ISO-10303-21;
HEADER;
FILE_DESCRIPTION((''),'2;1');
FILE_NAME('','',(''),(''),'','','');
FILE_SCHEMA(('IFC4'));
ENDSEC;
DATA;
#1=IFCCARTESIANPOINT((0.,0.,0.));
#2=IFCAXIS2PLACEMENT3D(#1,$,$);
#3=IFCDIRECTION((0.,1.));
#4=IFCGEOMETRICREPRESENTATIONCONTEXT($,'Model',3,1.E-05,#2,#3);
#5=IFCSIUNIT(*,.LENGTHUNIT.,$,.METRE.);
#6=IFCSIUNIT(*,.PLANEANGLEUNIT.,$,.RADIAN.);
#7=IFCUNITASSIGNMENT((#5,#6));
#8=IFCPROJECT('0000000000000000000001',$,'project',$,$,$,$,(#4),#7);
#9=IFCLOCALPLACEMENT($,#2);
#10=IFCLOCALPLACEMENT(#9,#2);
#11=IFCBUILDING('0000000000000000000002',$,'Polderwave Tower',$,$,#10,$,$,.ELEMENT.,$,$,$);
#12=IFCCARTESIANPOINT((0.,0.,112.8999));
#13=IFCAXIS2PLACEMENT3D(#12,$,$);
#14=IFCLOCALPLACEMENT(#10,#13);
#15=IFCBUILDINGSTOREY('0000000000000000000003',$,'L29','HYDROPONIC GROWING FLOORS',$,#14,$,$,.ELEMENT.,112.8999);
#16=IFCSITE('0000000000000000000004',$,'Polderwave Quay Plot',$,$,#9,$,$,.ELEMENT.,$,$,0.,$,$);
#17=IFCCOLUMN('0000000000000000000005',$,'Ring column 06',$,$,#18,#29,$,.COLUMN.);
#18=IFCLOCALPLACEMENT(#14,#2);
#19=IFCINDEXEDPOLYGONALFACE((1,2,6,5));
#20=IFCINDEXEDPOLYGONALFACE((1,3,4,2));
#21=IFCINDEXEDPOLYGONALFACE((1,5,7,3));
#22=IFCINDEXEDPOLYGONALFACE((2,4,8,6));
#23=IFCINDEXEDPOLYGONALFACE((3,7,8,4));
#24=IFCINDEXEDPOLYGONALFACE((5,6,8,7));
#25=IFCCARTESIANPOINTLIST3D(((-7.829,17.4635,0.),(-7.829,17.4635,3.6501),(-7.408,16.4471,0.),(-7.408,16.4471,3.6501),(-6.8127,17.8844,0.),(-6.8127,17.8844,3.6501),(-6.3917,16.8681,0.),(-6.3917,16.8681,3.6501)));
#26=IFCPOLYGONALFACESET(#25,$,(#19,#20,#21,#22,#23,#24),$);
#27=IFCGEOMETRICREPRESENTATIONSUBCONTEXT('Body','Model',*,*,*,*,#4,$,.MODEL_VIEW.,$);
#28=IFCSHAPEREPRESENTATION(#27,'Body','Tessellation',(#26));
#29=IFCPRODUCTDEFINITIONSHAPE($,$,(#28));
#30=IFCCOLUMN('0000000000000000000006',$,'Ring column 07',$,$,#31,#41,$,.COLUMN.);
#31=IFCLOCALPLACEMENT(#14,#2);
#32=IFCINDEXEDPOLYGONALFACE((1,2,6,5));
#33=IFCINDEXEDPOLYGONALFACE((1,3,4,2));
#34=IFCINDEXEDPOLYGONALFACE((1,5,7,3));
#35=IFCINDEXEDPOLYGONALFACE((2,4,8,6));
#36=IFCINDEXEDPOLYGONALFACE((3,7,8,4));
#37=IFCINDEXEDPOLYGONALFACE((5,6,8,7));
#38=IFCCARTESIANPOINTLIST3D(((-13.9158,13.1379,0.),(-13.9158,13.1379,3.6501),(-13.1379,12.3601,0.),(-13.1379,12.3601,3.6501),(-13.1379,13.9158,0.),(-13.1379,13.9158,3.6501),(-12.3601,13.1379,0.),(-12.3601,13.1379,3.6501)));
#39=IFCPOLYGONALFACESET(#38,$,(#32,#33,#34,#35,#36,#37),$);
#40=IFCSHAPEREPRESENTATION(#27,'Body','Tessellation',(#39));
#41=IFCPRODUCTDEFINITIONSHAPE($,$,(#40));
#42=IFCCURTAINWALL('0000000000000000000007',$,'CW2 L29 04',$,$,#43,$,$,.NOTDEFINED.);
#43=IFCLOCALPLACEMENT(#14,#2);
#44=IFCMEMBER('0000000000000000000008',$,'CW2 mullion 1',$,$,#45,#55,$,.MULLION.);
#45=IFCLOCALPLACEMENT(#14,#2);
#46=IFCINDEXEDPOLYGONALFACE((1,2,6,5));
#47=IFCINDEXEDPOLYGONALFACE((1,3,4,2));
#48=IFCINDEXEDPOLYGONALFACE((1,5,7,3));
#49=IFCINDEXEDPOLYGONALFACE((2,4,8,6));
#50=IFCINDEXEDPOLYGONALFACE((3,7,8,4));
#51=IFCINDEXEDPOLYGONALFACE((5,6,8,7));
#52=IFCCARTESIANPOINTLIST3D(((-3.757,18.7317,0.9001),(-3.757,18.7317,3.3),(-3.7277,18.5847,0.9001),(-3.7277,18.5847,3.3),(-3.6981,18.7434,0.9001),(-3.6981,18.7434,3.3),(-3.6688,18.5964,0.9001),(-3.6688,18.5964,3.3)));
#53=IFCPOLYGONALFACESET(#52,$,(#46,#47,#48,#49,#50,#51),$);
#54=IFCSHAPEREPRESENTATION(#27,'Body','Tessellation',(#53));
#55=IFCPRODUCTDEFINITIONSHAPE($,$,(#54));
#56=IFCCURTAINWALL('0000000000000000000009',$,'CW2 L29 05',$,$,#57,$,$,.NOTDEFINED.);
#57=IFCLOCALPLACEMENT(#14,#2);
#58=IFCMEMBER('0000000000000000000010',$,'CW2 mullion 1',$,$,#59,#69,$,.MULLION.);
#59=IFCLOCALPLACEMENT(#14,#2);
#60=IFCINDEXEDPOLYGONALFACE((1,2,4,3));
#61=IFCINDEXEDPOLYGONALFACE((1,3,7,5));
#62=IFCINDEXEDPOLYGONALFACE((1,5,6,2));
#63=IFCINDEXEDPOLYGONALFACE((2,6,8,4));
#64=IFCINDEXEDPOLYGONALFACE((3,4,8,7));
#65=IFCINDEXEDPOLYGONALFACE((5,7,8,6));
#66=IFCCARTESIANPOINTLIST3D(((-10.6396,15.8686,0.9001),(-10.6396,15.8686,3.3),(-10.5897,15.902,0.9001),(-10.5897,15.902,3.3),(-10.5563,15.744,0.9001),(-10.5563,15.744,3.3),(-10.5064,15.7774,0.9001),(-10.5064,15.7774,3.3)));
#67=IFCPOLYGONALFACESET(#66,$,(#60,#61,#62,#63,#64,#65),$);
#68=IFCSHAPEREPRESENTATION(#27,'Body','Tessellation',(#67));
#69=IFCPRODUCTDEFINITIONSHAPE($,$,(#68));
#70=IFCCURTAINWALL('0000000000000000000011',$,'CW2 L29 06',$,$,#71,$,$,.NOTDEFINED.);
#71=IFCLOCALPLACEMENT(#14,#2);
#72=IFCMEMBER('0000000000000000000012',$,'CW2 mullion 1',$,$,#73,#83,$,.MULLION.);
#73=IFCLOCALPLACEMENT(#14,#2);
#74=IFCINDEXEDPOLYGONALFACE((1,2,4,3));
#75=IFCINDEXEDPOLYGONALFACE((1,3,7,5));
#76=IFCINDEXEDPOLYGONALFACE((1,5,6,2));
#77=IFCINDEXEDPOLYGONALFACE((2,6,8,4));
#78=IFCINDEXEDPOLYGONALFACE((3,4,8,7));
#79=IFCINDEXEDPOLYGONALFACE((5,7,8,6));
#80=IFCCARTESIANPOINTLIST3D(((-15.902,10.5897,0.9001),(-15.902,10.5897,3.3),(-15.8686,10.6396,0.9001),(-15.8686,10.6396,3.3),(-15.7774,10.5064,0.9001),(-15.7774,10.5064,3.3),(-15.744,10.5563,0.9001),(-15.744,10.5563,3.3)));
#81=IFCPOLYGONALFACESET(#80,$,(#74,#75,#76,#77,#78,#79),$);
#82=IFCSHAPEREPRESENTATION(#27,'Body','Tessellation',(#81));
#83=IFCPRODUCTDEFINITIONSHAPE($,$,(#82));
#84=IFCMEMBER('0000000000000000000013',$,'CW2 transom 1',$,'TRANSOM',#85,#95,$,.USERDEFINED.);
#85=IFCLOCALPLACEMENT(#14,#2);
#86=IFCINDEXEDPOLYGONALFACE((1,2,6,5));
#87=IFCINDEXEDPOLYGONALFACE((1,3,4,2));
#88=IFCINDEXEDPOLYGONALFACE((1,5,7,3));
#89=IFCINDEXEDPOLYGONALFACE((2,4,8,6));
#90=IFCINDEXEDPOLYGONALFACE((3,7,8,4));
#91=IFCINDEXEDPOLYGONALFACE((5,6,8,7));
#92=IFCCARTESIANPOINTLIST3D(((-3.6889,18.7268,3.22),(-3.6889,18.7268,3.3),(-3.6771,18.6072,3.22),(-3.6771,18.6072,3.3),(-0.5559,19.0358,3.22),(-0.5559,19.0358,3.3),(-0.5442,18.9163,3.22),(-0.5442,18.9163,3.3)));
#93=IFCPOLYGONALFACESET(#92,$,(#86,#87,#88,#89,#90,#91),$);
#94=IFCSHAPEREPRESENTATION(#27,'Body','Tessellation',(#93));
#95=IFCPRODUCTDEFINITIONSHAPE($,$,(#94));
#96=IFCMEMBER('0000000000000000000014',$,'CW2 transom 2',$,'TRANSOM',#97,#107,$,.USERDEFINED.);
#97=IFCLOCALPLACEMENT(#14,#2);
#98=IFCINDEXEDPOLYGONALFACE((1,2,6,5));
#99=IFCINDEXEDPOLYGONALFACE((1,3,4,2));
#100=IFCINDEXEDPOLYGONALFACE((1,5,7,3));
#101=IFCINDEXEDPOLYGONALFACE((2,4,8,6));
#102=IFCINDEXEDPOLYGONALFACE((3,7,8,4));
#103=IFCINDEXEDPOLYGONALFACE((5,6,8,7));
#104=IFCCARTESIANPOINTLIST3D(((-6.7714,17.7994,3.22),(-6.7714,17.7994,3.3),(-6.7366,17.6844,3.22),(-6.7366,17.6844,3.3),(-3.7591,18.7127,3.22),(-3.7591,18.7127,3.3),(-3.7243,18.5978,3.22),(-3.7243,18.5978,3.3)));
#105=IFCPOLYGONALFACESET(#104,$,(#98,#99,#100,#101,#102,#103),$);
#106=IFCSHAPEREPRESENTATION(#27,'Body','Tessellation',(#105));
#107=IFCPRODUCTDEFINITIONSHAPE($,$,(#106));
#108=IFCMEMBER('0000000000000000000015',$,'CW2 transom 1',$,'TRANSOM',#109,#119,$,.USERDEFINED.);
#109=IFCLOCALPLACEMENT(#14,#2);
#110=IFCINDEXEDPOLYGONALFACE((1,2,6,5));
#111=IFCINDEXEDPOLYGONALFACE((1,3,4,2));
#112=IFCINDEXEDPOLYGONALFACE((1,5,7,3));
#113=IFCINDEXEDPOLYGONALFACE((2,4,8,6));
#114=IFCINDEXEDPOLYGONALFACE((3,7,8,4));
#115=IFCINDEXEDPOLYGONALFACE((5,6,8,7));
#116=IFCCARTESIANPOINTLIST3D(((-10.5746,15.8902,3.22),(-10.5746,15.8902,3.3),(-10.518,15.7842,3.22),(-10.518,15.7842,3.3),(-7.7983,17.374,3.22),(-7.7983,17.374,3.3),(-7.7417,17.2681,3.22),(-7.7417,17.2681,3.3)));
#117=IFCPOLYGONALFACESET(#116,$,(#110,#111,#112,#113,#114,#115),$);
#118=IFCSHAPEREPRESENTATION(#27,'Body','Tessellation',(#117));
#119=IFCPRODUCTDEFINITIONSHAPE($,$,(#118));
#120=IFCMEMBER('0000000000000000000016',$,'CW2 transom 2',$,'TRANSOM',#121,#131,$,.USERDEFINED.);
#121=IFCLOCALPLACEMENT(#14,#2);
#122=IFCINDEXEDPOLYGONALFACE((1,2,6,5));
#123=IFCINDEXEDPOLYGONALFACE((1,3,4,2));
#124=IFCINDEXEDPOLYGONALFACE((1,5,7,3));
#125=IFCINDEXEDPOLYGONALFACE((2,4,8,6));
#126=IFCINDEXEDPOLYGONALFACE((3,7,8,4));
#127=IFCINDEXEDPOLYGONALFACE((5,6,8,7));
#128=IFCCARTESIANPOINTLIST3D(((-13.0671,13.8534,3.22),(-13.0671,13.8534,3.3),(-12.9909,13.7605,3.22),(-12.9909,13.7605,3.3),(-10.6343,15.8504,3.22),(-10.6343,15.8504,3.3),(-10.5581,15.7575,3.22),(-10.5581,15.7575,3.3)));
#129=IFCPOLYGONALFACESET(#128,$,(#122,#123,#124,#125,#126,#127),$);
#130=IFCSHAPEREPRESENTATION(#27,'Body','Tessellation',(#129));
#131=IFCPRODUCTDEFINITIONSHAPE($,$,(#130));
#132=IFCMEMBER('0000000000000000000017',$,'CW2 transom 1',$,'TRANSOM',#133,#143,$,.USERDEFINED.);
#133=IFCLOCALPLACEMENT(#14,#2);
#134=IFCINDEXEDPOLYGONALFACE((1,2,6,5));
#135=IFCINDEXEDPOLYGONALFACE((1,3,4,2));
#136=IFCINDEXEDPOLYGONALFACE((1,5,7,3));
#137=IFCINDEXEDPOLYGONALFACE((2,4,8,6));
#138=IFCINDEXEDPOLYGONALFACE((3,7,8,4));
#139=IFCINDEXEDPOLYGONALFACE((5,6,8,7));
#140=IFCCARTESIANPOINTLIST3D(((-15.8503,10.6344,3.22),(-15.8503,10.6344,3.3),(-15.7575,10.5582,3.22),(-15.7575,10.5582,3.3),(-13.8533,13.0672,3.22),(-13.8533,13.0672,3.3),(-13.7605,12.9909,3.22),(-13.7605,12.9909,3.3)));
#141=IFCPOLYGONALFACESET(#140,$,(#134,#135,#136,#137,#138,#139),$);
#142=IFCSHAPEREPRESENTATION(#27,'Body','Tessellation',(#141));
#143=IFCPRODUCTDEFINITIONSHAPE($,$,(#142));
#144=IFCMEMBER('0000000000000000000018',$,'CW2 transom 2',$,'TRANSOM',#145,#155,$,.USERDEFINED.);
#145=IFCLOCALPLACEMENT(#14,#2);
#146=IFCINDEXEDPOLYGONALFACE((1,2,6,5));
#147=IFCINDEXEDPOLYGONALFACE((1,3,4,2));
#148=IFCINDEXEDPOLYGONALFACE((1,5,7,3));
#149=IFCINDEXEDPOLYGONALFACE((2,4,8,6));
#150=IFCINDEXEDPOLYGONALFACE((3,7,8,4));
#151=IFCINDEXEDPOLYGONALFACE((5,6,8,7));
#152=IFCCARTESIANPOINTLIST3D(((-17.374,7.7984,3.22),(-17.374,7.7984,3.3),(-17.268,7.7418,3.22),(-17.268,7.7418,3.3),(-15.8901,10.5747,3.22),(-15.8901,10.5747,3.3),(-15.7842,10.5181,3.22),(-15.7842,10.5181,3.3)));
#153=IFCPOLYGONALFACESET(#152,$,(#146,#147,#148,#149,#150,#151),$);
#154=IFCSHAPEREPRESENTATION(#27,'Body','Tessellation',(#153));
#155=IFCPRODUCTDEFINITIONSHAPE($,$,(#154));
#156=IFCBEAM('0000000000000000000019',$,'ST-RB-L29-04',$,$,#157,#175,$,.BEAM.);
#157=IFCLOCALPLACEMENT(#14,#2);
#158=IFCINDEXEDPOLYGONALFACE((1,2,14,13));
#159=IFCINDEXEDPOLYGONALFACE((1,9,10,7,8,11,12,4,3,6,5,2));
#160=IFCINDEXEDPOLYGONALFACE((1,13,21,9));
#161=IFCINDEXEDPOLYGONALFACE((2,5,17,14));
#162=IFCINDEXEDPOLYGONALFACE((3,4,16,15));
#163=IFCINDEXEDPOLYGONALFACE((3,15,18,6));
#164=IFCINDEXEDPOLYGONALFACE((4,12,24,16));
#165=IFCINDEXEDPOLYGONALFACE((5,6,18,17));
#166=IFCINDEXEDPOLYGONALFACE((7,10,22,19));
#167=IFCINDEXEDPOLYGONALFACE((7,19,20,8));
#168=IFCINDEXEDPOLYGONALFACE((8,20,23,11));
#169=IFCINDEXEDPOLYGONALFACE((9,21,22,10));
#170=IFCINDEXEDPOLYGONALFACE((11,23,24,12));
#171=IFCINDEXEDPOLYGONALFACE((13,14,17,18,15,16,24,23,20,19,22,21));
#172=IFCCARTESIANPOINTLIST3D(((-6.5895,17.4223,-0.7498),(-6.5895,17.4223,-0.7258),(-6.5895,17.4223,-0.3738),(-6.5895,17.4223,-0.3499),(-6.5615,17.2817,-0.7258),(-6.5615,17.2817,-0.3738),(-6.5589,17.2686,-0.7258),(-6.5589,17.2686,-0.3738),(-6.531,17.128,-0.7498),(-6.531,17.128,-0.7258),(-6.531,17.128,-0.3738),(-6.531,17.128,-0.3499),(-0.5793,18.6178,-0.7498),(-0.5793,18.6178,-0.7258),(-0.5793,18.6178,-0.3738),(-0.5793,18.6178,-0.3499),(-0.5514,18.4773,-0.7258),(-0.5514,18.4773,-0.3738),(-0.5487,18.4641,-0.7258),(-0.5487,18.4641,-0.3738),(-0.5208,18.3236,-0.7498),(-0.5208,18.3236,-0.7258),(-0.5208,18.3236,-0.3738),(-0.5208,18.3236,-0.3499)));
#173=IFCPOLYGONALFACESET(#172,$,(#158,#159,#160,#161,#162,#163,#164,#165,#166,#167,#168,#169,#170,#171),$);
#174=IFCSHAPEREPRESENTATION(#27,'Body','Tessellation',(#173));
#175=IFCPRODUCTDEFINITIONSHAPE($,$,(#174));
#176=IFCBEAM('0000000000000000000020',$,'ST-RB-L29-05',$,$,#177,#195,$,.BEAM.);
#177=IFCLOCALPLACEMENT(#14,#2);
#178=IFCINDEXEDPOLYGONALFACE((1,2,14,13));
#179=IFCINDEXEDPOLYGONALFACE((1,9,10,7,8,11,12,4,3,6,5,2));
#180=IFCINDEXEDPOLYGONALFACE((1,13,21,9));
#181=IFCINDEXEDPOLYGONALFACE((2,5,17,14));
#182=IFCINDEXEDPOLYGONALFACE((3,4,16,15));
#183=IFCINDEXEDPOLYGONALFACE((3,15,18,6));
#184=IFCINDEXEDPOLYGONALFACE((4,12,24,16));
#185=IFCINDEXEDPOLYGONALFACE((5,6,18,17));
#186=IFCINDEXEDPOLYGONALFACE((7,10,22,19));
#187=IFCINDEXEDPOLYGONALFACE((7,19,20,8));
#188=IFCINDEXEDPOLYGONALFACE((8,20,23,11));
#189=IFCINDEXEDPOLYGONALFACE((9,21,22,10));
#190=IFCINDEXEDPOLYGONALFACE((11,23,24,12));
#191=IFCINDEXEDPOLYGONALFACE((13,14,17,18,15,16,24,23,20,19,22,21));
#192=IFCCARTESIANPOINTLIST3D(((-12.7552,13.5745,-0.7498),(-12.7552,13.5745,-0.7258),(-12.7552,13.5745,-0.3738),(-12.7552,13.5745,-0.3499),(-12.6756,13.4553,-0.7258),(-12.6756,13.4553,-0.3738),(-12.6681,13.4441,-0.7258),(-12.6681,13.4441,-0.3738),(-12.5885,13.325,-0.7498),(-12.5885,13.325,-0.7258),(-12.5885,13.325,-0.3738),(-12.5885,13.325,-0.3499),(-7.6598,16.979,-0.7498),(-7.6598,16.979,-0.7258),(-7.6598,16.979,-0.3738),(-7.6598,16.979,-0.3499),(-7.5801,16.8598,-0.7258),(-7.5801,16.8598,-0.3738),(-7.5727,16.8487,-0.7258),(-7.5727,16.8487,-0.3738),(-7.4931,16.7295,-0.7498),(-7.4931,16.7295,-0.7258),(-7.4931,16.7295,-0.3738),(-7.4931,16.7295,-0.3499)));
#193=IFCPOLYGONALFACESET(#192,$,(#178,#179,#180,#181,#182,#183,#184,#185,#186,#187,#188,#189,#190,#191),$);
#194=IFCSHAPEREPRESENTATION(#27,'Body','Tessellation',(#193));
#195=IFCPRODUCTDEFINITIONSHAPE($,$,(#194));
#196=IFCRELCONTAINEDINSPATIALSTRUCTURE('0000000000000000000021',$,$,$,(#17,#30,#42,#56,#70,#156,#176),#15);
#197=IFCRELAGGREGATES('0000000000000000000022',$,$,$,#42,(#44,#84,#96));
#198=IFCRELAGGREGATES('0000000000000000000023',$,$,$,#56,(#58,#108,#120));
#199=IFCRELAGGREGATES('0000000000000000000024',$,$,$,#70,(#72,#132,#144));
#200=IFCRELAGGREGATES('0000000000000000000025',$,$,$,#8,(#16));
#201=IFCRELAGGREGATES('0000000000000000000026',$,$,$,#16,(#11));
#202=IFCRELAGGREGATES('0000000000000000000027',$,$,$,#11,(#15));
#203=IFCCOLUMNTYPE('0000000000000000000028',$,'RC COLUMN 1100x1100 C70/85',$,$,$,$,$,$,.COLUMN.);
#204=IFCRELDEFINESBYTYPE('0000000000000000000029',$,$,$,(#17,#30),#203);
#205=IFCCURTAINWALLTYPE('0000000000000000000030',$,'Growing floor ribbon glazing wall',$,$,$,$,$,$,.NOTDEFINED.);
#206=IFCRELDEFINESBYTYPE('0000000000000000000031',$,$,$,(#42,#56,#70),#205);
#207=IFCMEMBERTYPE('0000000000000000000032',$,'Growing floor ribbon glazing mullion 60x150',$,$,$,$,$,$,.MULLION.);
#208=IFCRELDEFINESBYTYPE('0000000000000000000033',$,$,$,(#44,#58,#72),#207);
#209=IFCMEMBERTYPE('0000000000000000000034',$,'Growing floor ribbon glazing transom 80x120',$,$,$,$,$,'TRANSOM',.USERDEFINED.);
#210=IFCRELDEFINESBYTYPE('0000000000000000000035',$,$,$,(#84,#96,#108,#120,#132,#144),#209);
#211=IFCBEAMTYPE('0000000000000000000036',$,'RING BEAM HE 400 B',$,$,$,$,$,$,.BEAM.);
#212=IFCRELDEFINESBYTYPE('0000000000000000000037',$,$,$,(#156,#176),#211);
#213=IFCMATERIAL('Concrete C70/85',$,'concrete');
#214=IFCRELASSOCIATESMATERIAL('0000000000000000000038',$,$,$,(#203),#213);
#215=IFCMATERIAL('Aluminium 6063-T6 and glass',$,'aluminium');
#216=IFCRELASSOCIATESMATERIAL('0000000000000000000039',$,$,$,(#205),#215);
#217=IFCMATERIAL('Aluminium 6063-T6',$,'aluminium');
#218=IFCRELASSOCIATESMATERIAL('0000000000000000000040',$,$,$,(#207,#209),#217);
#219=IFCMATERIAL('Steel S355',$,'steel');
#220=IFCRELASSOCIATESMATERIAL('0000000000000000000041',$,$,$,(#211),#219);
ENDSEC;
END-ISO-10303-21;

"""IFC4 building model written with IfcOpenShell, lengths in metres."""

from ifc_helpers import new_model, si_unit, direction, frame, origin, origin_2d, place, context, subcontext, project, spatial, rectangle, i_section, extrude, material, material_profile, profile_set, type_object, element, aggregate, save


model = new_model("IFC4")

# Units and contexts
model_context = context("Model", 3, precision=1e-05, world=origin(), true_north=direction((0.0, 1.0)))
body_context = subcontext(model_context, "Body", "Model", "MODEL_VIEW")
ifc_project = project(units=[si_unit("LENGTHUNIT", "METRE"), si_unit("PLANEANGLEUNIT", "RADIAN")], contexts=[model_context])

# Site, building, storey
site_placement = place(None, origin())
site = spatial("IfcSite", under=ifc_project, at=site_placement, Name="Polderwave Quay Plot", CompositionType="ELEMENT", RefElevation=0.0)
building_placement = place(site_placement, origin())
building = spatial("IfcBuilding", under=site, at=building_placement, Name="Polderwave Tower", CompositionType="ELEMENT")
storey_placement = place(building_placement, frame((0.0, 0.0, 112.8999)))
storey = spatial("IfcBuildingStorey", under=building, at=storey_placement, Name="L29", Description="HYDROPONIC GROWING FLOORS", CompositionType="ELEMENT", Elevation=112.8999)

# Columns
ifc_material_1 = material(Name="Concrete C70/85", Category="concrete")
ifc_material_profile_1 = material_profile(ifc_material_1, rectangle(XDim=1.1001, YDim=1.1001, at=origin_2d()), Name="RC 1100x1100")
ifc_profile_set_1 = profile_set([ifc_material_profile_1], Name="Concrete C70/85")
column_type = type_object("IfcColumnType", Name="RC COLUMN 1100x1100 C70/85", PredefinedType="COLUMN", material=ifc_profile_set_1)
for number, where, z_axis, x_axis, name in (
    (1, (-7.1104, 17.1658, 0.0), (0.0, 0.0, 1.0), (-0.382683, 0.92388, 0.0), "Ring column 06"),
    (2, (-13.1379, 13.1379, 0.0), (0.0, 0.0, 1.0), (-0.707107, 0.707107, 0.0), "Ring column 07"),
):
    element("IfcColumn", number, at=place(storey_placement, frame(where, z_axis=z_axis, x_axis=x_axis)), inside=storey, type_object=column_type, Name=name, PredefinedType="COLUMN", context=body_context, shape_type="SweptSolid", body=[
        extrude(rectangle(XDim=1.1001, YDim=1.1001, at=origin_2d()), origin(), (0.0, 0.0, 1.0), 3.6501),
    ])

# Curtain walls, members
ifc_material_2 = material(Name="Aluminium 6063-T6 and glass", Category="aluminium")
curtain_wall_type = type_object("IfcCurtainWallType", Name="Growing floor ribbon glazing wall", PredefinedType="NOTDEFINED", material=ifc_material_2)
curtain_wall_1_placement = place(storey_placement, origin())
curtain_wall_1 = element("IfcCurtainWall", 3, at=curtain_wall_1_placement, inside=storey, type_object=curtain_wall_type, Name="CW2 L29 04", PredefinedType="NOTDEFINED")
ifc_material_3 = material(Name="Aluminium 6063-T6", Category="aluminium")
ifc_material_profile_2 = material_profile(ifc_material_3, rectangle(XDim=0.1499, YDim=0.0601, at=origin_2d()), Name="AL 60x150")
ifc_profile_set_2 = profile_set([ifc_material_profile_2], Name="Aluminium 6063-T6")
member_type_1 = type_object("IfcMemberType", Name="Growing floor ribbon glazing mullion 60x150", PredefinedType="MULLION", material=ifc_profile_set_2)
member_1_placement = place(storey_placement, frame((-3.7129, 18.6641, 0.9001), z_axis=(0.0, 0.0, 1.0), x_axis=(0.195092, -0.980785, 0.0)))
member_1 = element("IfcMember", 4, at=member_1_placement, type_object=member_type_1, Name="CW2 mullion 1", PredefinedType="MULLION", context=body_context, shape_type="SweptSolid", body=[
    extrude(rectangle(XDim=0.1499, YDim=0.0601, at=origin_2d()), origin(), (0.0, 0.0, 1.0), 2.3999),
])
curtain_wall_2_placement = place(storey_placement, origin())
curtain_wall_2 = element("IfcCurtainWall", 5, at=curtain_wall_2_placement, inside=storey, type_object=curtain_wall_type, Name="CW2 L29 05", PredefinedType="NOTDEFINED")
member_2_placement = place(storey_placement, frame((-10.573, 15.823, 0.9001), z_axis=(0.0, 0.0, 1.0), x_axis=(0.555585, -0.83146, 0.0)))
member_2 = element("IfcMember", 6, at=member_2_placement, type_object=member_type_1, Name="CW2 mullion 1", PredefinedType="MULLION", context=body_context, shape_type="SweptSolid", body=[
    extrude(rectangle(XDim=0.1499, YDim=0.0601, at=origin_2d()), origin(), (0.0, 0.0, 1.0), 2.3999),
])
curtain_wall_3_placement = place(storey_placement, origin())
curtain_wall_3 = element("IfcCurtainWall", 7, at=curtain_wall_3_placement, inside=storey, type_object=curtain_wall_type, Name="CW2 L29 06", PredefinedType="NOTDEFINED")
member_3_placement = place(storey_placement, frame((-15.823, 10.573, 0.9001), z_axis=(0.0, 0.0, 1.0), x_axis=(0.83146, -0.555585, 0.0)))
member_3 = element("IfcMember", 8, at=member_3_placement, type_object=member_type_1, Name="CW2 mullion 1", PredefinedType="MULLION", context=body_context, shape_type="SweptSolid", body=[
    extrude(rectangle(XDim=0.1499, YDim=0.0601, at=origin_2d()), origin(), (0.0, 0.0, 1.0), 2.3999),
])

# Members
ifc_material_profile_3 = material_profile(ifc_material_3, rectangle(XDim=0.1201, YDim=0.0801, at=origin_2d()), Name="AL 80x120")
ifc_profile_set_3 = profile_set([ifc_material_profile_3], Name="Aluminium 6063-T6")
member_type_2 = type_object("IfcMemberType", Name="Growing floor ribbon glazing transom 80x120", ElementType="TRANSOM", PredefinedType="USERDEFINED", material=ifc_profile_set_3)
member_4_placement = place(storey_placement, frame((-0.55, 18.9761, 3.26), z_axis=(-0.995169, -0.098175, 0.0), x_axis=(0.098175, -0.995169, 0.0)))
member_4 = element("IfcMember", 9, at=member_4_placement, type_object=member_type_2, Name="CW2 transom 1", ObjectType="TRANSOM", PredefinedType="USERDEFINED", context=body_context, shape_type="SweptSolid", body=[
    extrude(rectangle(XDim=0.1201, YDim=0.0801, at=origin_2d()), origin(), (0.0, 0.0, 1.0), 3.1482),
])
member_5_placement = place(storey_placement, frame((-3.7417, 18.6553, 3.26), z_axis=(-0.956977, -0.290165, 0.0), x_axis=(0.290165, -0.956977, 0.0)))
member_5 = element("IfcMember", 10, at=member_5_placement, type_object=member_type_2, Name="CW2 transom 2", ObjectType="TRANSOM", PredefinedType="USERDEFINED", context=body_context, shape_type="SweptSolid", body=[
    extrude(rectangle(XDim=0.1201, YDim=0.0801, at=origin_2d()), origin(), (0.0, 0.0, 1.0), 3.1477),
])
member_6_placement = place(storey_placement, frame((-7.77, 17.321, 3.26), z_axis=(-0.881936, -0.471369, 0.0), x_axis=(0.471369, -0.881936, 0.0)))
member_6 = element("IfcMember", 11, at=member_6_placement, type_object=member_type_2, Name="CW2 transom 1", ObjectType="TRANSOM", PredefinedType="USERDEFINED", context=body_context, shape_type="SweptSolid", body=[
    extrude(rectangle(XDim=0.1201, YDim=0.0801, at=origin_2d()), origin(), (0.0, 0.0, 1.0), 3.1479),
])
member_7_placement = place(storey_placement, frame((-10.5962, 15.804, 3.26), z_axis=(-0.772937, -0.634483, 0.0), x_axis=(0.634483, -0.772937, 0.0)))
member_7 = element("IfcMember", 12, at=member_7_placement, type_object=member_type_2, Name="CW2 transom 2", ObjectType="TRANSOM", PredefinedType="USERDEFINED", context=body_context, shape_type="SweptSolid", body=[
    extrude(rectangle(XDim=0.1201, YDim=0.0801, at=origin_2d()), origin(), (0.0, 0.0, 1.0), 3.1475),
])
member_8_placement = place(storey_placement, frame((-13.8069, 13.0291, 3.26), z_axis=(-0.634483, -0.772937, 0.0), x_axis=(0.772937, -0.634483, 0.0)))
member_8 = element("IfcMember", 13, at=member_8_placement, type_object=member_type_2, Name="CW2 transom 1", ObjectType="TRANSOM", PredefinedType="USERDEFINED", context=body_context, shape_type="SweptSolid", body=[
    extrude(rectangle(XDim=0.1201, YDim=0.0801, at=origin_2d()), origin(), (0.0, 0.0, 1.0), 3.1475),
])
member_9_placement = place(storey_placement, frame((-15.8372, 10.5464, 3.26), z_axis=(-0.471369, -0.881936, 0.0), x_axis=(0.881936, -0.471369, 0.0)))
member_9 = element("IfcMember", 14, at=member_9_placement, type_object=member_type_2, Name="CW2 transom 2", ObjectType="TRANSOM", PredefinedType="USERDEFINED", context=body_context, shape_type="SweptSolid", body=[
    extrude(rectangle(XDim=0.1201, YDim=0.0801, at=origin_2d()), origin(), (0.0, 0.0, 1.0), 3.1479),
])

# Beams
ifc_material_4 = material(Name="Steel S355", Category="steel")
ifc_material_profile_4 = material_profile(ifc_material_4, i_section(OverallWidth=0.3, OverallDepth=0.3999, WebThickness=0.0134, FlangeThickness=0.0239, at=origin_2d()), Name="HE 400 B")
ifc_profile_set_4 = profile_set([ifc_material_profile_4], Name="Steel S355")
beam_type = type_object("IfcBeamType", Name="RING BEAM HE 400 B", PredefinedType="BEAM", material=ifc_profile_set_4)
beam_placement = place(storey_placement, frame((-0.55, 18.4707, -0.5498), z_axis=(-0.980784, -0.195097, 0.0), x_axis=(0.195097, -0.980784, 0.0)))
element("IfcBeam", 15, at=beam_placement, inside=storey, type_object=beam_type, Name="ST-RB-L29-04", PredefinedType="BEAM", context=body_context, shape_type="SweptSolid", body=[
    extrude(i_section(OverallWidth=0.3, OverallDepth=0.3999, WebThickness=0.0134, FlangeThickness=0.0239, at=origin_2d()), origin(), (0.0, 0.0, 1.0), 6.1279),
])
for number, where, z_axis, x_axis, name in (
    (16, (-7.5764, 16.8542, -0.5498), (-0.83148, -0.555555, 0.0), (0.555555, -0.83148, 0.0), "ST-RB-L29-05"),
):
    element("IfcBeam", number, at=place(storey_placement, frame(where, z_axis=z_axis, x_axis=x_axis)), inside=storey, type_object=beam_type, Name=name, PredefinedType="BEAM", context=body_context, shape_type="SweptSolid", body=[
        extrude(i_section(OverallWidth=0.3, OverallDepth=0.3999, WebThickness=0.0134, FlangeThickness=0.0239, at=origin_2d()), origin(), (0.0, 0.0, 1.0), 6.1282),
    ])

aggregate(curtain_wall_1, [member_1, member_4, member_5])
aggregate(curtain_wall_2, [member_2, member_6, member_7])
aggregate(curtain_wall_3, [member_3, member_8, member_9])

save(model, "model.ifc")
